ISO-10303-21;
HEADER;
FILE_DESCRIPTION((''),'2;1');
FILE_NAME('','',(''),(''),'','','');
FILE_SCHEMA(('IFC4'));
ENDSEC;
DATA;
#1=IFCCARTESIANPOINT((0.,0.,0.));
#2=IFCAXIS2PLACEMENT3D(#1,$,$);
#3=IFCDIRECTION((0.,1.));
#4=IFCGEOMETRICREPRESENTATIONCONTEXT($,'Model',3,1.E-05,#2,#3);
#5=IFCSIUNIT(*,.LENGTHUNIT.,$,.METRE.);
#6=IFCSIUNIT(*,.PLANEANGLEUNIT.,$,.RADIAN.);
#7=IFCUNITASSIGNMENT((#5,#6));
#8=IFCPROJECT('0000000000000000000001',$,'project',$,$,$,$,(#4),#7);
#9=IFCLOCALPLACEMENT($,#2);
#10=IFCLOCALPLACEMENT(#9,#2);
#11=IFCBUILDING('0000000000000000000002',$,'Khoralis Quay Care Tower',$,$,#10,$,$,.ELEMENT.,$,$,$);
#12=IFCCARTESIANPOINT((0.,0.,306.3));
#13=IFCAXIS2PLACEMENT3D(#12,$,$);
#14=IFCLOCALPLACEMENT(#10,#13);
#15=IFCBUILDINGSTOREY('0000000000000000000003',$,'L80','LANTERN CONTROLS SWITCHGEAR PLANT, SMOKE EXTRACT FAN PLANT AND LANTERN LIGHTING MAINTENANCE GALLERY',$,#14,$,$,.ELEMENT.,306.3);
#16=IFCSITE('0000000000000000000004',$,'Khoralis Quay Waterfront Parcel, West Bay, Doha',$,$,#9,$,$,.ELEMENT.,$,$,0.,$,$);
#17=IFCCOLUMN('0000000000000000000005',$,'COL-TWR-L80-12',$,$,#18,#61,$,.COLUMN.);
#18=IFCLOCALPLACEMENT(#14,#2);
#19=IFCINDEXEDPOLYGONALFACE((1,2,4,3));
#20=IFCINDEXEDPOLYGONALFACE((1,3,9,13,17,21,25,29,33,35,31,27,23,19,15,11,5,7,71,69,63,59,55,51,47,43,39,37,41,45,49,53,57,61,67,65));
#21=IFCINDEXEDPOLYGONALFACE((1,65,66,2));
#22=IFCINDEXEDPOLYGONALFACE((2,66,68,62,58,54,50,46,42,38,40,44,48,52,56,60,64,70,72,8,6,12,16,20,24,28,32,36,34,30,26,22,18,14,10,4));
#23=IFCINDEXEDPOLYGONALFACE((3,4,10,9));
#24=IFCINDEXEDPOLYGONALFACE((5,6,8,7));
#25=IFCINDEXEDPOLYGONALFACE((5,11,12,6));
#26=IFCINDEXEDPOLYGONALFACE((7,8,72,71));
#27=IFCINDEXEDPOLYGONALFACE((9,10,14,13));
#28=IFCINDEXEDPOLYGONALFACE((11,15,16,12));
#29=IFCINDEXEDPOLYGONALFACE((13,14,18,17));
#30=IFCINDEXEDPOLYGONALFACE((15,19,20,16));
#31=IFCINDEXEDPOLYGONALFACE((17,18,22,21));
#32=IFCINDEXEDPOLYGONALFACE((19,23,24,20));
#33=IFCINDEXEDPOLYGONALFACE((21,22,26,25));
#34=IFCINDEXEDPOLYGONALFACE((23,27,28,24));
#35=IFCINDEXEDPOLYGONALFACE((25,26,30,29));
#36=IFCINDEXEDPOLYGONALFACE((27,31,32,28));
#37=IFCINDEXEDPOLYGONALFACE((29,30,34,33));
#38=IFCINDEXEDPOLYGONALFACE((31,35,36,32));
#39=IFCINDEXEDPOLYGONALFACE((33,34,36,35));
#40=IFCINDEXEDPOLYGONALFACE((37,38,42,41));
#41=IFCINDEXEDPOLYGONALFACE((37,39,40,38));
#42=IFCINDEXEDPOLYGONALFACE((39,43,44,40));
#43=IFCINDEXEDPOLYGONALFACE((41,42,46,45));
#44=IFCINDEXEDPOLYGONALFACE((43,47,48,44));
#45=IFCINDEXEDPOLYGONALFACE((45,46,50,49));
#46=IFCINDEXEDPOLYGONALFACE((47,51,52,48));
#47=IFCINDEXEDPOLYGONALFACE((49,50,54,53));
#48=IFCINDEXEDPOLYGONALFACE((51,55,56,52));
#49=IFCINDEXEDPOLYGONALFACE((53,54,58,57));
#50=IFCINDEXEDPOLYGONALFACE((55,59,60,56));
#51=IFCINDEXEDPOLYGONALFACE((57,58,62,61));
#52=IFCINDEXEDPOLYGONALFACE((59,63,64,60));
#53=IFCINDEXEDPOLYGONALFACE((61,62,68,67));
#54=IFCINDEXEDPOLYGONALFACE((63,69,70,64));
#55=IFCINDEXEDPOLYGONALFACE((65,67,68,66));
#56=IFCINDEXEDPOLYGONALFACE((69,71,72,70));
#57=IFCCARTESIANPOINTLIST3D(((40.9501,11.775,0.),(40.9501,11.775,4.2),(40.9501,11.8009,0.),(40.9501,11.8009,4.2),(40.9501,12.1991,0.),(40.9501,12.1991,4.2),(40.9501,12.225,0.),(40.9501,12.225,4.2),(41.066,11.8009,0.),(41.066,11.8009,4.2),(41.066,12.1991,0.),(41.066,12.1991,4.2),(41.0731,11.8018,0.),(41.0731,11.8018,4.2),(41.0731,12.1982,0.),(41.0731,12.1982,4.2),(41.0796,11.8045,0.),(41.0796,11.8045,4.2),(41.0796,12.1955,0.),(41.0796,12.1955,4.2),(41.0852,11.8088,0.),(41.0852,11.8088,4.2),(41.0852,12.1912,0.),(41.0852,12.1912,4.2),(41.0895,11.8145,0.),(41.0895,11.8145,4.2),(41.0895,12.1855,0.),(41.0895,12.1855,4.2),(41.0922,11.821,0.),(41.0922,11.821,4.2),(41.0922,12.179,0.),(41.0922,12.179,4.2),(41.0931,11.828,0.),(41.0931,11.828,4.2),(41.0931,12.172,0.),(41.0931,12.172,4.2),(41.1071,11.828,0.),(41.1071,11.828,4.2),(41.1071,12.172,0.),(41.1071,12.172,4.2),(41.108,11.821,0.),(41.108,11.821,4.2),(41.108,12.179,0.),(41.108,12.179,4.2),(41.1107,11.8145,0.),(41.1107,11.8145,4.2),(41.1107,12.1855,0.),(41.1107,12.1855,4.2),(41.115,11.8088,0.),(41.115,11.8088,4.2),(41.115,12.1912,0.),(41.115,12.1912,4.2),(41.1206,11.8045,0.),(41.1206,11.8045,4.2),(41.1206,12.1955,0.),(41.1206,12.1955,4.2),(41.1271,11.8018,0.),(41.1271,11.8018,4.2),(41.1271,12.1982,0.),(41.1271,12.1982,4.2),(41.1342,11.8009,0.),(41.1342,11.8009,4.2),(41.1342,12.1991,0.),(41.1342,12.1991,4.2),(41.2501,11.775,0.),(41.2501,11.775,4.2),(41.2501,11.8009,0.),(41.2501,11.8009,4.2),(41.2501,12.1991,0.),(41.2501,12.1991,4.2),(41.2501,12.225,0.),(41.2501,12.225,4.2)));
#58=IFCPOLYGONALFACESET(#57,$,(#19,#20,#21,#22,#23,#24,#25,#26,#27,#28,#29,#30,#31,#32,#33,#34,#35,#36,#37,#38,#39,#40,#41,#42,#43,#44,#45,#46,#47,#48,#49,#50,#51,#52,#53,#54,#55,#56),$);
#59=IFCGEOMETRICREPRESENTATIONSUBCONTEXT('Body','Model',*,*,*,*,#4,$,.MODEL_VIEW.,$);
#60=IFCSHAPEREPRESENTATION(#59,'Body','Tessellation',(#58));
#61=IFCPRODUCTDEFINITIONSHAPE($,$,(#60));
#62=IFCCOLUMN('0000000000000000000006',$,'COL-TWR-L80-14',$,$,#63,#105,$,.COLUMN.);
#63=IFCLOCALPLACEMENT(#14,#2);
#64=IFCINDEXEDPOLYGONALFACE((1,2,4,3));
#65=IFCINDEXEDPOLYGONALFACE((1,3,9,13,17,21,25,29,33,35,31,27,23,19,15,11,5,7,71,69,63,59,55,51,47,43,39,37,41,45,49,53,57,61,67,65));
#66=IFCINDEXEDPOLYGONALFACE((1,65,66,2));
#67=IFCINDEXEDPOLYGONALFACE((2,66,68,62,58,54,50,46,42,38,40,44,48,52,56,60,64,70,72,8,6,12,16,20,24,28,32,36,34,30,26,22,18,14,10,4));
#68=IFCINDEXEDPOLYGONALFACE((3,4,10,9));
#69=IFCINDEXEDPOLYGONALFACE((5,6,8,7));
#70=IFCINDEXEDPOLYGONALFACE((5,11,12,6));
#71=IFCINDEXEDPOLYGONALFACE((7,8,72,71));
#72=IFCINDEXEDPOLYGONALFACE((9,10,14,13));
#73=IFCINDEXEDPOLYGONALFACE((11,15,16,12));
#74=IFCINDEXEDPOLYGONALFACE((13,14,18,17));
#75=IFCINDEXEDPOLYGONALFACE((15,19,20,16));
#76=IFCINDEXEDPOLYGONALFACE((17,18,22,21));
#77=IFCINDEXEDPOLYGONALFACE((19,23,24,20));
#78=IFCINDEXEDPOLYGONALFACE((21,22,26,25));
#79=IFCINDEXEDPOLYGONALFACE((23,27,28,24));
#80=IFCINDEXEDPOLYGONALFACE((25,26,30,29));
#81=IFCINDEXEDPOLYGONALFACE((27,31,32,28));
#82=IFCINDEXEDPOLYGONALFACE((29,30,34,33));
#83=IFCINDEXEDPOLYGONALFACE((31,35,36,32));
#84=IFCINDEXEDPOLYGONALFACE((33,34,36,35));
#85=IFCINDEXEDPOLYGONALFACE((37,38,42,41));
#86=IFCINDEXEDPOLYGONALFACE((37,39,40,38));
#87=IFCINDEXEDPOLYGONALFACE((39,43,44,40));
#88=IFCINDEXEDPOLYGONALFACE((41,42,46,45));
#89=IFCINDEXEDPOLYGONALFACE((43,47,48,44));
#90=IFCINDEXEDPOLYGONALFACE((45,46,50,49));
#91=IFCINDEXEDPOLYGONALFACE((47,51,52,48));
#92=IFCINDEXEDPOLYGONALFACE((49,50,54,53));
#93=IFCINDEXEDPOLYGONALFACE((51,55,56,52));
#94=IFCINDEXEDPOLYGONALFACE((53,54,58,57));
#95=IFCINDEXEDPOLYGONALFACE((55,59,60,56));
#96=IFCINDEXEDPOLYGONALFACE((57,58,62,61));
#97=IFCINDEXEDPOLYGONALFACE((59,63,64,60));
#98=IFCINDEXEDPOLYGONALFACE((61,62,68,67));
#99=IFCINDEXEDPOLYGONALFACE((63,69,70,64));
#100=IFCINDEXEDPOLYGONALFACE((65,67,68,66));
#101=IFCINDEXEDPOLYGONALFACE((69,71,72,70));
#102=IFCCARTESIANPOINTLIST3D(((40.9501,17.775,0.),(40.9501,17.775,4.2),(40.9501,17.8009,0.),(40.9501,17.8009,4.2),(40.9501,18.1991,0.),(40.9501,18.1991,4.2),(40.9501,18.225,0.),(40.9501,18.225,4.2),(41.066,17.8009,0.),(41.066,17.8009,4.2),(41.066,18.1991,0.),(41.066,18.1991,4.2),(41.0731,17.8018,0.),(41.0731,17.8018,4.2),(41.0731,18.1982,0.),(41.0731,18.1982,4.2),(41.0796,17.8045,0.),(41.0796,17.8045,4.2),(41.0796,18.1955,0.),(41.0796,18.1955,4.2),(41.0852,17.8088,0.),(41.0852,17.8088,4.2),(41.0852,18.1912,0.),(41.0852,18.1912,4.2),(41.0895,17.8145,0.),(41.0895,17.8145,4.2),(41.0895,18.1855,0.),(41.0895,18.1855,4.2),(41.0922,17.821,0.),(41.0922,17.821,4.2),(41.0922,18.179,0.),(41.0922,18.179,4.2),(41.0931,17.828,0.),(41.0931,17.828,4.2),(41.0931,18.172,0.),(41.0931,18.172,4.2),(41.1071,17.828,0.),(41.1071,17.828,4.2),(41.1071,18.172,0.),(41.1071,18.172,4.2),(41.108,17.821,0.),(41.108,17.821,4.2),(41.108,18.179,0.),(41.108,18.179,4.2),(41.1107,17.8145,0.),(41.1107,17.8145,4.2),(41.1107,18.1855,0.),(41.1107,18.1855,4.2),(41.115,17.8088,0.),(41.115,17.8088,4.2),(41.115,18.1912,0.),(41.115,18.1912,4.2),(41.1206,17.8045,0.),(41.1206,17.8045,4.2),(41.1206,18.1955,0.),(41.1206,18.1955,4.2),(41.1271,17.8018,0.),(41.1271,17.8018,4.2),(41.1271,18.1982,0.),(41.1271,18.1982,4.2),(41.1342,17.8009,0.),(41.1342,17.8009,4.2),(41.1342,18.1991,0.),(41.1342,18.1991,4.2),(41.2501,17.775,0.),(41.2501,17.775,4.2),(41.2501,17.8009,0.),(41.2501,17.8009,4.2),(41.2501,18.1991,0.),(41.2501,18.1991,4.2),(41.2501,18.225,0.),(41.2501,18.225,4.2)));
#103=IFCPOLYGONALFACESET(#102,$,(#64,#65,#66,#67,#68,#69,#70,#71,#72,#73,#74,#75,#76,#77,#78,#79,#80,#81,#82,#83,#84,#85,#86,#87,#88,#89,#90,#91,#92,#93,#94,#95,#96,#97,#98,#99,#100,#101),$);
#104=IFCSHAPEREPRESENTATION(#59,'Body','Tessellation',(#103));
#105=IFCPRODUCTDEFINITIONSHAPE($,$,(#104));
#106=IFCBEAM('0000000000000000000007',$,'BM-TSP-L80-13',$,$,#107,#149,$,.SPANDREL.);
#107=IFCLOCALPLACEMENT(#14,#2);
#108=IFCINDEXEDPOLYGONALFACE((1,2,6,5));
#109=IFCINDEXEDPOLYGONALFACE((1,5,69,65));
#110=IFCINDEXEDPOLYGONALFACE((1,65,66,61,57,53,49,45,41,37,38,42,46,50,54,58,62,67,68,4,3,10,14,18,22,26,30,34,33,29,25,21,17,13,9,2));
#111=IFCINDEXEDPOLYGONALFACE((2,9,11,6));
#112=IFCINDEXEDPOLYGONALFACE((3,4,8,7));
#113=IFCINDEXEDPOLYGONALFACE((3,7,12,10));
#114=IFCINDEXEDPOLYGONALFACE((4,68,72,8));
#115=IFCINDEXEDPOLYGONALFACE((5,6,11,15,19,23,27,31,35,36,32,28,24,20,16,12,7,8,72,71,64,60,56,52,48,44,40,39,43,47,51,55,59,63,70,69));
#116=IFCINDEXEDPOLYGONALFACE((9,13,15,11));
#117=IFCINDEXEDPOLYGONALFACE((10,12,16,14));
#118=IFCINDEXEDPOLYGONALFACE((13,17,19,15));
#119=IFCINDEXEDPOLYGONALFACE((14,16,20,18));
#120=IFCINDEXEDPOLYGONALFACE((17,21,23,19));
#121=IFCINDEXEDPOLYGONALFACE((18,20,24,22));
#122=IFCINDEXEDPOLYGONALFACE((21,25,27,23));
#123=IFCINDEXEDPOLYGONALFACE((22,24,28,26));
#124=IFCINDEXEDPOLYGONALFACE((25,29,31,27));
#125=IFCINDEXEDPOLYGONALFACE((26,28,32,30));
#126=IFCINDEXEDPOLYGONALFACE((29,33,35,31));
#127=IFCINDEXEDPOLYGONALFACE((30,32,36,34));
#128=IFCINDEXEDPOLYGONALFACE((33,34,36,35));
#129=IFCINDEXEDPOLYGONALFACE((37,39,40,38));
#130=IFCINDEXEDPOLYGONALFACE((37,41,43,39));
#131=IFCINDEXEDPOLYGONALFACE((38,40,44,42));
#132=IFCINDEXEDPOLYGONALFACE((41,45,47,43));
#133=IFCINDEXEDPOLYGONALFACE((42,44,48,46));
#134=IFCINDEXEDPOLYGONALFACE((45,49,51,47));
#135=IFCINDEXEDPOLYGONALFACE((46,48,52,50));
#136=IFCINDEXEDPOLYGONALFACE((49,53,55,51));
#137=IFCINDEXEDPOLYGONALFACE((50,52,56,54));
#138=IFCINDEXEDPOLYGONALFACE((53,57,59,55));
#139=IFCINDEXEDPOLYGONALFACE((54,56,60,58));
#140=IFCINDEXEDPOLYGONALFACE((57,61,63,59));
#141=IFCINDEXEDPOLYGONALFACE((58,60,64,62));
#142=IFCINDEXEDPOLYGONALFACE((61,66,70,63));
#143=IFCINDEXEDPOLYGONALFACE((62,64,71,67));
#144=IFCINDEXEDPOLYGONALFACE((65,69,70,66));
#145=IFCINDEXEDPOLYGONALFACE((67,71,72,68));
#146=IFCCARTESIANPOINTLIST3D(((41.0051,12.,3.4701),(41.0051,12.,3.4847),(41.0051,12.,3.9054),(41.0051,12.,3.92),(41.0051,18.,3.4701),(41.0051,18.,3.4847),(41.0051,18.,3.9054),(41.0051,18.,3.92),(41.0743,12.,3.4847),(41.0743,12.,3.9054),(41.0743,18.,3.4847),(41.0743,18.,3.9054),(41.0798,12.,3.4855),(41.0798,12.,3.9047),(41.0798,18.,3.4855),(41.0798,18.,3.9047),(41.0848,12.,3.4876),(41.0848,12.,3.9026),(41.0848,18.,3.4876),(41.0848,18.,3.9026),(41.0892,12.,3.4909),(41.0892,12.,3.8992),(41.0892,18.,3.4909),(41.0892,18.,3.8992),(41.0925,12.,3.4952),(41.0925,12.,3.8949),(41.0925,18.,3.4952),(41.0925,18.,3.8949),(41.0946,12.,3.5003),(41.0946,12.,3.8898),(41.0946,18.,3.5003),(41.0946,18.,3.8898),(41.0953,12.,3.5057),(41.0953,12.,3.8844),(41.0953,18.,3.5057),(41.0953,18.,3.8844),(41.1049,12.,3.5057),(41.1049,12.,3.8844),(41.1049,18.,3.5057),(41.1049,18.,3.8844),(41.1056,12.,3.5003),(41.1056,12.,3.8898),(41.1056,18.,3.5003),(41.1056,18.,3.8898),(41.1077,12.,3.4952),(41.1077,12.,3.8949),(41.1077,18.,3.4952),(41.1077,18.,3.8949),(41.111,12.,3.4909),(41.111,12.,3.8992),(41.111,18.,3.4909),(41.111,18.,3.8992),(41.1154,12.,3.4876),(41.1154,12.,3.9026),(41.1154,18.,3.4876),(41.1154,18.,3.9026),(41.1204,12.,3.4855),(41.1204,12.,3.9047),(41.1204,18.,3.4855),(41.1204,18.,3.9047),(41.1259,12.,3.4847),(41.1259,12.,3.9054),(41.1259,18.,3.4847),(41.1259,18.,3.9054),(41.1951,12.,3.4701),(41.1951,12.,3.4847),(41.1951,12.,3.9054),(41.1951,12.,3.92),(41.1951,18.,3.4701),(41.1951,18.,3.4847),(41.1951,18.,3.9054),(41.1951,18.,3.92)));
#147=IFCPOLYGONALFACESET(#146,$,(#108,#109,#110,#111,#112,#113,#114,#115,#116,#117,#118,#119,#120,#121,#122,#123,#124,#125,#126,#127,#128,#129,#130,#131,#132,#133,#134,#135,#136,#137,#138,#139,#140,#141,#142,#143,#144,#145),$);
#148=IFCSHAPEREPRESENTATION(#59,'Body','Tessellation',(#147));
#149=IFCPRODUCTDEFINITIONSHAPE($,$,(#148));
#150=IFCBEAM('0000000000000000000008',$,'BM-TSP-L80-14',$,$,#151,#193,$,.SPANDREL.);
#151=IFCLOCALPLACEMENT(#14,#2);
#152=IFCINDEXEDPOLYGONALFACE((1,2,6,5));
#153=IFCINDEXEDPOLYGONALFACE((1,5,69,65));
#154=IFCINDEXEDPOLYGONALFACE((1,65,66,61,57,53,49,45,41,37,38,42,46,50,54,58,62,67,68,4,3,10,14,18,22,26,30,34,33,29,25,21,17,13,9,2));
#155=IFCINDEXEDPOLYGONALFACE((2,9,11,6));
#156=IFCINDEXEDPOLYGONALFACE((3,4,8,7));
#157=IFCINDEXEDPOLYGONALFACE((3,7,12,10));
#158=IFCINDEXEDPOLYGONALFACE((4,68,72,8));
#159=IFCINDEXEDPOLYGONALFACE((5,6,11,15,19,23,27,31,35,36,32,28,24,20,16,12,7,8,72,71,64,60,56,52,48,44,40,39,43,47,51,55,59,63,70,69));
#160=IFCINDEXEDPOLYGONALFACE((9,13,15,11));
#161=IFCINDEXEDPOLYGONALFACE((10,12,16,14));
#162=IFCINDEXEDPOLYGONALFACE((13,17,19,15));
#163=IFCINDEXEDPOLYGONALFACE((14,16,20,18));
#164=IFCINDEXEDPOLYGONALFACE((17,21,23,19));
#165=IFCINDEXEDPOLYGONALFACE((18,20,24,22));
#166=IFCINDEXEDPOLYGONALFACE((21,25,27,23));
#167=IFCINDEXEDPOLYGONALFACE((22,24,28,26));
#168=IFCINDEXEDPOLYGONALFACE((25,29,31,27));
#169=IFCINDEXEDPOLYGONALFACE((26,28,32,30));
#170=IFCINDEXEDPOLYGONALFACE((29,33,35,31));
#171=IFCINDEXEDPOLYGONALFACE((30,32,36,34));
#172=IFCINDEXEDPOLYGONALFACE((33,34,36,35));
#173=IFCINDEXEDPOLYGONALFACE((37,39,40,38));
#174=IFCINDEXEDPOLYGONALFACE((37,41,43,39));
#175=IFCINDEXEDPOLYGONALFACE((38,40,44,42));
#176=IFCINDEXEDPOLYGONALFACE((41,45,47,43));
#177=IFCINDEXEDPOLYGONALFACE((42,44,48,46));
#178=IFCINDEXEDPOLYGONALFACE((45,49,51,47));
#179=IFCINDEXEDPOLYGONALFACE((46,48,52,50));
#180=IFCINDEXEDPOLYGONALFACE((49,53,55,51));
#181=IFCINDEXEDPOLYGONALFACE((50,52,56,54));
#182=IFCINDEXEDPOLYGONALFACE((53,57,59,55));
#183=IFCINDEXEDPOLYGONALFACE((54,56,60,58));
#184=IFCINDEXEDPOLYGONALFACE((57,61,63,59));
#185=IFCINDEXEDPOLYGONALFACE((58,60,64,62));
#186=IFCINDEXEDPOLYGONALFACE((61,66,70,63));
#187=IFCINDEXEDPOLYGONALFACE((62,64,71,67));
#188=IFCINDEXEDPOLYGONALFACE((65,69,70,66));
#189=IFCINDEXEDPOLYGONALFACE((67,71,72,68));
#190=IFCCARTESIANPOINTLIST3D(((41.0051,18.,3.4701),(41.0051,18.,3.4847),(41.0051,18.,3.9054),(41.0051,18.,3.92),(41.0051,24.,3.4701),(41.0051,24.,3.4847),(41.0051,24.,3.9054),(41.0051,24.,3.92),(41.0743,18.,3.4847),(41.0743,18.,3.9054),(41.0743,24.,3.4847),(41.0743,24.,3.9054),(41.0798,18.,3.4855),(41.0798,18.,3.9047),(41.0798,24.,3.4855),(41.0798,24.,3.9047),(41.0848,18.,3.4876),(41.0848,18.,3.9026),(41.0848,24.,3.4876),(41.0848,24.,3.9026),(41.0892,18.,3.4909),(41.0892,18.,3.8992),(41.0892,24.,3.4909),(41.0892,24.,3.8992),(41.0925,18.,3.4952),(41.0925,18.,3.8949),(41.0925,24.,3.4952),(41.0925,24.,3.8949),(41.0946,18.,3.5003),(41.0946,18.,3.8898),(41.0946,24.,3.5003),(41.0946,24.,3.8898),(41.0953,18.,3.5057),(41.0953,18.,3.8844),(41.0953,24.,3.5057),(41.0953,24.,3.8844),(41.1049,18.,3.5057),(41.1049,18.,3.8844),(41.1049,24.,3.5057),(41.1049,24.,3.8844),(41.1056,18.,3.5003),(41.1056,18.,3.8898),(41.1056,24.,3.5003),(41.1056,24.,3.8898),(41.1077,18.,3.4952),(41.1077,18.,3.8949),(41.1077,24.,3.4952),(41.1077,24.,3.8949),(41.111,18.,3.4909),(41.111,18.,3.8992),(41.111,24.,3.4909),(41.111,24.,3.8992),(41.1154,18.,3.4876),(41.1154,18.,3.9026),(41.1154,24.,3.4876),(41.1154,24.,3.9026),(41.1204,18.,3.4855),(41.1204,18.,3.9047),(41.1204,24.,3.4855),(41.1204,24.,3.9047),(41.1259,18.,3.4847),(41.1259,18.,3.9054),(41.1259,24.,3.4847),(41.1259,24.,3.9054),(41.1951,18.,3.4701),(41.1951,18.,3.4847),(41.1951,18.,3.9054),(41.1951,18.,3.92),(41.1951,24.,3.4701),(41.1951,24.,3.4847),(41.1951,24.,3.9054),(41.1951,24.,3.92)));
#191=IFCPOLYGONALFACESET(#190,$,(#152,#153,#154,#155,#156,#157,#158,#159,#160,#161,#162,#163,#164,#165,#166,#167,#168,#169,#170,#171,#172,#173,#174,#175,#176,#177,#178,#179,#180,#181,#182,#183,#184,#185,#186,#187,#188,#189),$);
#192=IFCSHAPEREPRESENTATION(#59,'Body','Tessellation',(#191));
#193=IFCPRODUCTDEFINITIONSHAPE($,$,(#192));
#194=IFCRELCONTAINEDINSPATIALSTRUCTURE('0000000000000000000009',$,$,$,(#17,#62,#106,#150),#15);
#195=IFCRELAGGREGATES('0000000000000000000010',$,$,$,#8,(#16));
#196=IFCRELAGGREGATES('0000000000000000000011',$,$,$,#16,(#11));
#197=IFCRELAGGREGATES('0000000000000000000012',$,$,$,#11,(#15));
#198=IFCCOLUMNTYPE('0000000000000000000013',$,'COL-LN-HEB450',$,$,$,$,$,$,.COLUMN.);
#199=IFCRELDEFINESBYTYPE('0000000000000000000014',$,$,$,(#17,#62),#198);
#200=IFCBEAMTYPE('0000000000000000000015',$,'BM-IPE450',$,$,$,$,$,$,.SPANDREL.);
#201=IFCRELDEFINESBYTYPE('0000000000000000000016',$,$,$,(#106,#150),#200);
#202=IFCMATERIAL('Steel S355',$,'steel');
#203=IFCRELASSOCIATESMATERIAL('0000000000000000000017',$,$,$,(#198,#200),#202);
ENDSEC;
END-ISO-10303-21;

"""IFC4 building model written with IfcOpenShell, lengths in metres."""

from ifc_helpers import new_model, si_unit, direction, frame, origin, origin_2d, place, context, subcontext, project, spatial, i_section, extrude, source, transform, mapped, material, material_profile, profile_set, type_object, element, save


model = new_model("IFC4")

# Units and contexts
model_context = context("Model", 3, precision=1e-05, world=origin(), true_north=direction((0.0, 1.0)))
body_context = subcontext(model_context, "Body", "Model", "MODEL_VIEW")
ifc_project = project(units=[si_unit("LENGTHUNIT", "METRE"), si_unit("PLANEANGLEUNIT", "RADIAN")], contexts=[model_context])

# Site, building, storey
site_placement = place(None, origin())
site = spatial("IfcSite", under=ifc_project, at=site_placement, Name="Khoralis Quay Waterfront Parcel, West Bay, Doha", CompositionType="ELEMENT", RefElevation=0.0)
building_placement = place(site_placement, origin())
building = spatial("IfcBuilding", under=site, at=building_placement, Name="Khoralis Quay Care Tower", CompositionType="ELEMENT")
storey_placement = place(building_placement, frame((0.0, 0.0, 306.3)))
storey = spatial("IfcBuildingStorey", under=building, at=storey_placement, Name="L80", Description="LANTERN CONTROLS SWITCHGEAR PLANT, SMOKE EXTRACT FAN PLANT AND LANTERN LIGHTING MAINTENANCE GALLERY", CompositionType="ELEMENT", Elevation=306.3)

# Columns
ifc_material_1 = material(Name="Steel S355", Category="steel")
ifc_material_profile_1 = material_profile(ifc_material_1, i_section(OverallWidth=0.3, OverallDepth=0.45, WebThickness=0.0139, FlangeThickness=0.0259, FilletRadius=0.0271, at=origin_2d()), Name="Steel S355")
ifc_profile_set_1 = profile_set([ifc_material_profile_1], Name="Steel S355")
column_type = type_object("IfcColumnType", Name="COL-LN-HEB450", PredefinedType="COLUMN", material=ifc_profile_set_1)
shared_shape_1 = source(origin(), body_context, "Body", "SweptSolid", [
    extrude(i_section(OverallWidth=0.3, OverallDepth=0.45, WebThickness=0.0139, FlangeThickness=0.0259, FilletRadius=0.0271, at=origin_2d()), origin(), (0.0, 0.0, 1.0), 4.2),
])
for number, where, z_axis, x_axis, name in (
    (1, (41.1001, 12.0, 0.0), (0.0, 0.0, 1.0), (1.0, 0.0, 0.0), "COL-TWR-L80-12"),
    (2, (41.1001, 18.0, 0.0), (0.0, 0.0, 1.0), (1.0, 0.0, 0.0), "COL-TWR-L80-14"),
):
    element("IfcColumn", number, at=place(storey_placement, frame(where, z_axis=z_axis, x_axis=x_axis)), inside=storey, type_object=column_type, Name=name, PredefinedType="COLUMN", context=body_context, shape_type="MappedRepresentation", body=[
        mapped(shared_shape_1, transform((0.0, 0.0, 0.0), scale=1.0)),
    ])

# Beams
ifc_material_profile_2 = material_profile(ifc_material_1, i_section(OverallWidth=0.1899, OverallDepth=0.45, WebThickness=0.0095, FlangeThickness=0.0146, FilletRadius=0.021, at=origin_2d()), Name="Steel S355")
ifc_profile_set_2 = profile_set([ifc_material_profile_2], Name="Steel S355")
beam_type = type_object("IfcBeamType", Name="BM-IPE450", PredefinedType="SPANDREL", material=ifc_profile_set_2)
shared_shape_2 = source(origin(), body_context, "Body", "SweptSolid", [
    extrude(i_section(OverallWidth=0.1899, OverallDepth=0.45, WebThickness=0.0095, FlangeThickness=0.0146, FilletRadius=0.021, at=origin_2d()), origin(), (0.0, 0.0, 1.0), 6.0),
])
for number, where, z_axis, x_axis, name in (
    (3, (41.1001, 12.0, 3.6951), (0.0, 1.0, 0.0), (-1.0, 0.0, 0.0), "BM-TSP-L80-13"),
    (4, (41.1001, 18.0, 3.6951), (0.0, 1.0, 0.0), (-1.0, 0.0, 0.0), "BM-TSP-L80-14"),
):
    element("IfcBeam", number, at=place(storey_placement, frame(where, z_axis=z_axis, x_axis=x_axis)), inside=storey, type_object=beam_type, Name=name, PredefinedType="SPANDREL", context=body_context, shape_type="MappedRepresentation", body=[
        mapped(shared_shape_2, transform((0.0, 0.0, 0.0), scale=1.0)),
    ])

save(model, "model.ifc")
